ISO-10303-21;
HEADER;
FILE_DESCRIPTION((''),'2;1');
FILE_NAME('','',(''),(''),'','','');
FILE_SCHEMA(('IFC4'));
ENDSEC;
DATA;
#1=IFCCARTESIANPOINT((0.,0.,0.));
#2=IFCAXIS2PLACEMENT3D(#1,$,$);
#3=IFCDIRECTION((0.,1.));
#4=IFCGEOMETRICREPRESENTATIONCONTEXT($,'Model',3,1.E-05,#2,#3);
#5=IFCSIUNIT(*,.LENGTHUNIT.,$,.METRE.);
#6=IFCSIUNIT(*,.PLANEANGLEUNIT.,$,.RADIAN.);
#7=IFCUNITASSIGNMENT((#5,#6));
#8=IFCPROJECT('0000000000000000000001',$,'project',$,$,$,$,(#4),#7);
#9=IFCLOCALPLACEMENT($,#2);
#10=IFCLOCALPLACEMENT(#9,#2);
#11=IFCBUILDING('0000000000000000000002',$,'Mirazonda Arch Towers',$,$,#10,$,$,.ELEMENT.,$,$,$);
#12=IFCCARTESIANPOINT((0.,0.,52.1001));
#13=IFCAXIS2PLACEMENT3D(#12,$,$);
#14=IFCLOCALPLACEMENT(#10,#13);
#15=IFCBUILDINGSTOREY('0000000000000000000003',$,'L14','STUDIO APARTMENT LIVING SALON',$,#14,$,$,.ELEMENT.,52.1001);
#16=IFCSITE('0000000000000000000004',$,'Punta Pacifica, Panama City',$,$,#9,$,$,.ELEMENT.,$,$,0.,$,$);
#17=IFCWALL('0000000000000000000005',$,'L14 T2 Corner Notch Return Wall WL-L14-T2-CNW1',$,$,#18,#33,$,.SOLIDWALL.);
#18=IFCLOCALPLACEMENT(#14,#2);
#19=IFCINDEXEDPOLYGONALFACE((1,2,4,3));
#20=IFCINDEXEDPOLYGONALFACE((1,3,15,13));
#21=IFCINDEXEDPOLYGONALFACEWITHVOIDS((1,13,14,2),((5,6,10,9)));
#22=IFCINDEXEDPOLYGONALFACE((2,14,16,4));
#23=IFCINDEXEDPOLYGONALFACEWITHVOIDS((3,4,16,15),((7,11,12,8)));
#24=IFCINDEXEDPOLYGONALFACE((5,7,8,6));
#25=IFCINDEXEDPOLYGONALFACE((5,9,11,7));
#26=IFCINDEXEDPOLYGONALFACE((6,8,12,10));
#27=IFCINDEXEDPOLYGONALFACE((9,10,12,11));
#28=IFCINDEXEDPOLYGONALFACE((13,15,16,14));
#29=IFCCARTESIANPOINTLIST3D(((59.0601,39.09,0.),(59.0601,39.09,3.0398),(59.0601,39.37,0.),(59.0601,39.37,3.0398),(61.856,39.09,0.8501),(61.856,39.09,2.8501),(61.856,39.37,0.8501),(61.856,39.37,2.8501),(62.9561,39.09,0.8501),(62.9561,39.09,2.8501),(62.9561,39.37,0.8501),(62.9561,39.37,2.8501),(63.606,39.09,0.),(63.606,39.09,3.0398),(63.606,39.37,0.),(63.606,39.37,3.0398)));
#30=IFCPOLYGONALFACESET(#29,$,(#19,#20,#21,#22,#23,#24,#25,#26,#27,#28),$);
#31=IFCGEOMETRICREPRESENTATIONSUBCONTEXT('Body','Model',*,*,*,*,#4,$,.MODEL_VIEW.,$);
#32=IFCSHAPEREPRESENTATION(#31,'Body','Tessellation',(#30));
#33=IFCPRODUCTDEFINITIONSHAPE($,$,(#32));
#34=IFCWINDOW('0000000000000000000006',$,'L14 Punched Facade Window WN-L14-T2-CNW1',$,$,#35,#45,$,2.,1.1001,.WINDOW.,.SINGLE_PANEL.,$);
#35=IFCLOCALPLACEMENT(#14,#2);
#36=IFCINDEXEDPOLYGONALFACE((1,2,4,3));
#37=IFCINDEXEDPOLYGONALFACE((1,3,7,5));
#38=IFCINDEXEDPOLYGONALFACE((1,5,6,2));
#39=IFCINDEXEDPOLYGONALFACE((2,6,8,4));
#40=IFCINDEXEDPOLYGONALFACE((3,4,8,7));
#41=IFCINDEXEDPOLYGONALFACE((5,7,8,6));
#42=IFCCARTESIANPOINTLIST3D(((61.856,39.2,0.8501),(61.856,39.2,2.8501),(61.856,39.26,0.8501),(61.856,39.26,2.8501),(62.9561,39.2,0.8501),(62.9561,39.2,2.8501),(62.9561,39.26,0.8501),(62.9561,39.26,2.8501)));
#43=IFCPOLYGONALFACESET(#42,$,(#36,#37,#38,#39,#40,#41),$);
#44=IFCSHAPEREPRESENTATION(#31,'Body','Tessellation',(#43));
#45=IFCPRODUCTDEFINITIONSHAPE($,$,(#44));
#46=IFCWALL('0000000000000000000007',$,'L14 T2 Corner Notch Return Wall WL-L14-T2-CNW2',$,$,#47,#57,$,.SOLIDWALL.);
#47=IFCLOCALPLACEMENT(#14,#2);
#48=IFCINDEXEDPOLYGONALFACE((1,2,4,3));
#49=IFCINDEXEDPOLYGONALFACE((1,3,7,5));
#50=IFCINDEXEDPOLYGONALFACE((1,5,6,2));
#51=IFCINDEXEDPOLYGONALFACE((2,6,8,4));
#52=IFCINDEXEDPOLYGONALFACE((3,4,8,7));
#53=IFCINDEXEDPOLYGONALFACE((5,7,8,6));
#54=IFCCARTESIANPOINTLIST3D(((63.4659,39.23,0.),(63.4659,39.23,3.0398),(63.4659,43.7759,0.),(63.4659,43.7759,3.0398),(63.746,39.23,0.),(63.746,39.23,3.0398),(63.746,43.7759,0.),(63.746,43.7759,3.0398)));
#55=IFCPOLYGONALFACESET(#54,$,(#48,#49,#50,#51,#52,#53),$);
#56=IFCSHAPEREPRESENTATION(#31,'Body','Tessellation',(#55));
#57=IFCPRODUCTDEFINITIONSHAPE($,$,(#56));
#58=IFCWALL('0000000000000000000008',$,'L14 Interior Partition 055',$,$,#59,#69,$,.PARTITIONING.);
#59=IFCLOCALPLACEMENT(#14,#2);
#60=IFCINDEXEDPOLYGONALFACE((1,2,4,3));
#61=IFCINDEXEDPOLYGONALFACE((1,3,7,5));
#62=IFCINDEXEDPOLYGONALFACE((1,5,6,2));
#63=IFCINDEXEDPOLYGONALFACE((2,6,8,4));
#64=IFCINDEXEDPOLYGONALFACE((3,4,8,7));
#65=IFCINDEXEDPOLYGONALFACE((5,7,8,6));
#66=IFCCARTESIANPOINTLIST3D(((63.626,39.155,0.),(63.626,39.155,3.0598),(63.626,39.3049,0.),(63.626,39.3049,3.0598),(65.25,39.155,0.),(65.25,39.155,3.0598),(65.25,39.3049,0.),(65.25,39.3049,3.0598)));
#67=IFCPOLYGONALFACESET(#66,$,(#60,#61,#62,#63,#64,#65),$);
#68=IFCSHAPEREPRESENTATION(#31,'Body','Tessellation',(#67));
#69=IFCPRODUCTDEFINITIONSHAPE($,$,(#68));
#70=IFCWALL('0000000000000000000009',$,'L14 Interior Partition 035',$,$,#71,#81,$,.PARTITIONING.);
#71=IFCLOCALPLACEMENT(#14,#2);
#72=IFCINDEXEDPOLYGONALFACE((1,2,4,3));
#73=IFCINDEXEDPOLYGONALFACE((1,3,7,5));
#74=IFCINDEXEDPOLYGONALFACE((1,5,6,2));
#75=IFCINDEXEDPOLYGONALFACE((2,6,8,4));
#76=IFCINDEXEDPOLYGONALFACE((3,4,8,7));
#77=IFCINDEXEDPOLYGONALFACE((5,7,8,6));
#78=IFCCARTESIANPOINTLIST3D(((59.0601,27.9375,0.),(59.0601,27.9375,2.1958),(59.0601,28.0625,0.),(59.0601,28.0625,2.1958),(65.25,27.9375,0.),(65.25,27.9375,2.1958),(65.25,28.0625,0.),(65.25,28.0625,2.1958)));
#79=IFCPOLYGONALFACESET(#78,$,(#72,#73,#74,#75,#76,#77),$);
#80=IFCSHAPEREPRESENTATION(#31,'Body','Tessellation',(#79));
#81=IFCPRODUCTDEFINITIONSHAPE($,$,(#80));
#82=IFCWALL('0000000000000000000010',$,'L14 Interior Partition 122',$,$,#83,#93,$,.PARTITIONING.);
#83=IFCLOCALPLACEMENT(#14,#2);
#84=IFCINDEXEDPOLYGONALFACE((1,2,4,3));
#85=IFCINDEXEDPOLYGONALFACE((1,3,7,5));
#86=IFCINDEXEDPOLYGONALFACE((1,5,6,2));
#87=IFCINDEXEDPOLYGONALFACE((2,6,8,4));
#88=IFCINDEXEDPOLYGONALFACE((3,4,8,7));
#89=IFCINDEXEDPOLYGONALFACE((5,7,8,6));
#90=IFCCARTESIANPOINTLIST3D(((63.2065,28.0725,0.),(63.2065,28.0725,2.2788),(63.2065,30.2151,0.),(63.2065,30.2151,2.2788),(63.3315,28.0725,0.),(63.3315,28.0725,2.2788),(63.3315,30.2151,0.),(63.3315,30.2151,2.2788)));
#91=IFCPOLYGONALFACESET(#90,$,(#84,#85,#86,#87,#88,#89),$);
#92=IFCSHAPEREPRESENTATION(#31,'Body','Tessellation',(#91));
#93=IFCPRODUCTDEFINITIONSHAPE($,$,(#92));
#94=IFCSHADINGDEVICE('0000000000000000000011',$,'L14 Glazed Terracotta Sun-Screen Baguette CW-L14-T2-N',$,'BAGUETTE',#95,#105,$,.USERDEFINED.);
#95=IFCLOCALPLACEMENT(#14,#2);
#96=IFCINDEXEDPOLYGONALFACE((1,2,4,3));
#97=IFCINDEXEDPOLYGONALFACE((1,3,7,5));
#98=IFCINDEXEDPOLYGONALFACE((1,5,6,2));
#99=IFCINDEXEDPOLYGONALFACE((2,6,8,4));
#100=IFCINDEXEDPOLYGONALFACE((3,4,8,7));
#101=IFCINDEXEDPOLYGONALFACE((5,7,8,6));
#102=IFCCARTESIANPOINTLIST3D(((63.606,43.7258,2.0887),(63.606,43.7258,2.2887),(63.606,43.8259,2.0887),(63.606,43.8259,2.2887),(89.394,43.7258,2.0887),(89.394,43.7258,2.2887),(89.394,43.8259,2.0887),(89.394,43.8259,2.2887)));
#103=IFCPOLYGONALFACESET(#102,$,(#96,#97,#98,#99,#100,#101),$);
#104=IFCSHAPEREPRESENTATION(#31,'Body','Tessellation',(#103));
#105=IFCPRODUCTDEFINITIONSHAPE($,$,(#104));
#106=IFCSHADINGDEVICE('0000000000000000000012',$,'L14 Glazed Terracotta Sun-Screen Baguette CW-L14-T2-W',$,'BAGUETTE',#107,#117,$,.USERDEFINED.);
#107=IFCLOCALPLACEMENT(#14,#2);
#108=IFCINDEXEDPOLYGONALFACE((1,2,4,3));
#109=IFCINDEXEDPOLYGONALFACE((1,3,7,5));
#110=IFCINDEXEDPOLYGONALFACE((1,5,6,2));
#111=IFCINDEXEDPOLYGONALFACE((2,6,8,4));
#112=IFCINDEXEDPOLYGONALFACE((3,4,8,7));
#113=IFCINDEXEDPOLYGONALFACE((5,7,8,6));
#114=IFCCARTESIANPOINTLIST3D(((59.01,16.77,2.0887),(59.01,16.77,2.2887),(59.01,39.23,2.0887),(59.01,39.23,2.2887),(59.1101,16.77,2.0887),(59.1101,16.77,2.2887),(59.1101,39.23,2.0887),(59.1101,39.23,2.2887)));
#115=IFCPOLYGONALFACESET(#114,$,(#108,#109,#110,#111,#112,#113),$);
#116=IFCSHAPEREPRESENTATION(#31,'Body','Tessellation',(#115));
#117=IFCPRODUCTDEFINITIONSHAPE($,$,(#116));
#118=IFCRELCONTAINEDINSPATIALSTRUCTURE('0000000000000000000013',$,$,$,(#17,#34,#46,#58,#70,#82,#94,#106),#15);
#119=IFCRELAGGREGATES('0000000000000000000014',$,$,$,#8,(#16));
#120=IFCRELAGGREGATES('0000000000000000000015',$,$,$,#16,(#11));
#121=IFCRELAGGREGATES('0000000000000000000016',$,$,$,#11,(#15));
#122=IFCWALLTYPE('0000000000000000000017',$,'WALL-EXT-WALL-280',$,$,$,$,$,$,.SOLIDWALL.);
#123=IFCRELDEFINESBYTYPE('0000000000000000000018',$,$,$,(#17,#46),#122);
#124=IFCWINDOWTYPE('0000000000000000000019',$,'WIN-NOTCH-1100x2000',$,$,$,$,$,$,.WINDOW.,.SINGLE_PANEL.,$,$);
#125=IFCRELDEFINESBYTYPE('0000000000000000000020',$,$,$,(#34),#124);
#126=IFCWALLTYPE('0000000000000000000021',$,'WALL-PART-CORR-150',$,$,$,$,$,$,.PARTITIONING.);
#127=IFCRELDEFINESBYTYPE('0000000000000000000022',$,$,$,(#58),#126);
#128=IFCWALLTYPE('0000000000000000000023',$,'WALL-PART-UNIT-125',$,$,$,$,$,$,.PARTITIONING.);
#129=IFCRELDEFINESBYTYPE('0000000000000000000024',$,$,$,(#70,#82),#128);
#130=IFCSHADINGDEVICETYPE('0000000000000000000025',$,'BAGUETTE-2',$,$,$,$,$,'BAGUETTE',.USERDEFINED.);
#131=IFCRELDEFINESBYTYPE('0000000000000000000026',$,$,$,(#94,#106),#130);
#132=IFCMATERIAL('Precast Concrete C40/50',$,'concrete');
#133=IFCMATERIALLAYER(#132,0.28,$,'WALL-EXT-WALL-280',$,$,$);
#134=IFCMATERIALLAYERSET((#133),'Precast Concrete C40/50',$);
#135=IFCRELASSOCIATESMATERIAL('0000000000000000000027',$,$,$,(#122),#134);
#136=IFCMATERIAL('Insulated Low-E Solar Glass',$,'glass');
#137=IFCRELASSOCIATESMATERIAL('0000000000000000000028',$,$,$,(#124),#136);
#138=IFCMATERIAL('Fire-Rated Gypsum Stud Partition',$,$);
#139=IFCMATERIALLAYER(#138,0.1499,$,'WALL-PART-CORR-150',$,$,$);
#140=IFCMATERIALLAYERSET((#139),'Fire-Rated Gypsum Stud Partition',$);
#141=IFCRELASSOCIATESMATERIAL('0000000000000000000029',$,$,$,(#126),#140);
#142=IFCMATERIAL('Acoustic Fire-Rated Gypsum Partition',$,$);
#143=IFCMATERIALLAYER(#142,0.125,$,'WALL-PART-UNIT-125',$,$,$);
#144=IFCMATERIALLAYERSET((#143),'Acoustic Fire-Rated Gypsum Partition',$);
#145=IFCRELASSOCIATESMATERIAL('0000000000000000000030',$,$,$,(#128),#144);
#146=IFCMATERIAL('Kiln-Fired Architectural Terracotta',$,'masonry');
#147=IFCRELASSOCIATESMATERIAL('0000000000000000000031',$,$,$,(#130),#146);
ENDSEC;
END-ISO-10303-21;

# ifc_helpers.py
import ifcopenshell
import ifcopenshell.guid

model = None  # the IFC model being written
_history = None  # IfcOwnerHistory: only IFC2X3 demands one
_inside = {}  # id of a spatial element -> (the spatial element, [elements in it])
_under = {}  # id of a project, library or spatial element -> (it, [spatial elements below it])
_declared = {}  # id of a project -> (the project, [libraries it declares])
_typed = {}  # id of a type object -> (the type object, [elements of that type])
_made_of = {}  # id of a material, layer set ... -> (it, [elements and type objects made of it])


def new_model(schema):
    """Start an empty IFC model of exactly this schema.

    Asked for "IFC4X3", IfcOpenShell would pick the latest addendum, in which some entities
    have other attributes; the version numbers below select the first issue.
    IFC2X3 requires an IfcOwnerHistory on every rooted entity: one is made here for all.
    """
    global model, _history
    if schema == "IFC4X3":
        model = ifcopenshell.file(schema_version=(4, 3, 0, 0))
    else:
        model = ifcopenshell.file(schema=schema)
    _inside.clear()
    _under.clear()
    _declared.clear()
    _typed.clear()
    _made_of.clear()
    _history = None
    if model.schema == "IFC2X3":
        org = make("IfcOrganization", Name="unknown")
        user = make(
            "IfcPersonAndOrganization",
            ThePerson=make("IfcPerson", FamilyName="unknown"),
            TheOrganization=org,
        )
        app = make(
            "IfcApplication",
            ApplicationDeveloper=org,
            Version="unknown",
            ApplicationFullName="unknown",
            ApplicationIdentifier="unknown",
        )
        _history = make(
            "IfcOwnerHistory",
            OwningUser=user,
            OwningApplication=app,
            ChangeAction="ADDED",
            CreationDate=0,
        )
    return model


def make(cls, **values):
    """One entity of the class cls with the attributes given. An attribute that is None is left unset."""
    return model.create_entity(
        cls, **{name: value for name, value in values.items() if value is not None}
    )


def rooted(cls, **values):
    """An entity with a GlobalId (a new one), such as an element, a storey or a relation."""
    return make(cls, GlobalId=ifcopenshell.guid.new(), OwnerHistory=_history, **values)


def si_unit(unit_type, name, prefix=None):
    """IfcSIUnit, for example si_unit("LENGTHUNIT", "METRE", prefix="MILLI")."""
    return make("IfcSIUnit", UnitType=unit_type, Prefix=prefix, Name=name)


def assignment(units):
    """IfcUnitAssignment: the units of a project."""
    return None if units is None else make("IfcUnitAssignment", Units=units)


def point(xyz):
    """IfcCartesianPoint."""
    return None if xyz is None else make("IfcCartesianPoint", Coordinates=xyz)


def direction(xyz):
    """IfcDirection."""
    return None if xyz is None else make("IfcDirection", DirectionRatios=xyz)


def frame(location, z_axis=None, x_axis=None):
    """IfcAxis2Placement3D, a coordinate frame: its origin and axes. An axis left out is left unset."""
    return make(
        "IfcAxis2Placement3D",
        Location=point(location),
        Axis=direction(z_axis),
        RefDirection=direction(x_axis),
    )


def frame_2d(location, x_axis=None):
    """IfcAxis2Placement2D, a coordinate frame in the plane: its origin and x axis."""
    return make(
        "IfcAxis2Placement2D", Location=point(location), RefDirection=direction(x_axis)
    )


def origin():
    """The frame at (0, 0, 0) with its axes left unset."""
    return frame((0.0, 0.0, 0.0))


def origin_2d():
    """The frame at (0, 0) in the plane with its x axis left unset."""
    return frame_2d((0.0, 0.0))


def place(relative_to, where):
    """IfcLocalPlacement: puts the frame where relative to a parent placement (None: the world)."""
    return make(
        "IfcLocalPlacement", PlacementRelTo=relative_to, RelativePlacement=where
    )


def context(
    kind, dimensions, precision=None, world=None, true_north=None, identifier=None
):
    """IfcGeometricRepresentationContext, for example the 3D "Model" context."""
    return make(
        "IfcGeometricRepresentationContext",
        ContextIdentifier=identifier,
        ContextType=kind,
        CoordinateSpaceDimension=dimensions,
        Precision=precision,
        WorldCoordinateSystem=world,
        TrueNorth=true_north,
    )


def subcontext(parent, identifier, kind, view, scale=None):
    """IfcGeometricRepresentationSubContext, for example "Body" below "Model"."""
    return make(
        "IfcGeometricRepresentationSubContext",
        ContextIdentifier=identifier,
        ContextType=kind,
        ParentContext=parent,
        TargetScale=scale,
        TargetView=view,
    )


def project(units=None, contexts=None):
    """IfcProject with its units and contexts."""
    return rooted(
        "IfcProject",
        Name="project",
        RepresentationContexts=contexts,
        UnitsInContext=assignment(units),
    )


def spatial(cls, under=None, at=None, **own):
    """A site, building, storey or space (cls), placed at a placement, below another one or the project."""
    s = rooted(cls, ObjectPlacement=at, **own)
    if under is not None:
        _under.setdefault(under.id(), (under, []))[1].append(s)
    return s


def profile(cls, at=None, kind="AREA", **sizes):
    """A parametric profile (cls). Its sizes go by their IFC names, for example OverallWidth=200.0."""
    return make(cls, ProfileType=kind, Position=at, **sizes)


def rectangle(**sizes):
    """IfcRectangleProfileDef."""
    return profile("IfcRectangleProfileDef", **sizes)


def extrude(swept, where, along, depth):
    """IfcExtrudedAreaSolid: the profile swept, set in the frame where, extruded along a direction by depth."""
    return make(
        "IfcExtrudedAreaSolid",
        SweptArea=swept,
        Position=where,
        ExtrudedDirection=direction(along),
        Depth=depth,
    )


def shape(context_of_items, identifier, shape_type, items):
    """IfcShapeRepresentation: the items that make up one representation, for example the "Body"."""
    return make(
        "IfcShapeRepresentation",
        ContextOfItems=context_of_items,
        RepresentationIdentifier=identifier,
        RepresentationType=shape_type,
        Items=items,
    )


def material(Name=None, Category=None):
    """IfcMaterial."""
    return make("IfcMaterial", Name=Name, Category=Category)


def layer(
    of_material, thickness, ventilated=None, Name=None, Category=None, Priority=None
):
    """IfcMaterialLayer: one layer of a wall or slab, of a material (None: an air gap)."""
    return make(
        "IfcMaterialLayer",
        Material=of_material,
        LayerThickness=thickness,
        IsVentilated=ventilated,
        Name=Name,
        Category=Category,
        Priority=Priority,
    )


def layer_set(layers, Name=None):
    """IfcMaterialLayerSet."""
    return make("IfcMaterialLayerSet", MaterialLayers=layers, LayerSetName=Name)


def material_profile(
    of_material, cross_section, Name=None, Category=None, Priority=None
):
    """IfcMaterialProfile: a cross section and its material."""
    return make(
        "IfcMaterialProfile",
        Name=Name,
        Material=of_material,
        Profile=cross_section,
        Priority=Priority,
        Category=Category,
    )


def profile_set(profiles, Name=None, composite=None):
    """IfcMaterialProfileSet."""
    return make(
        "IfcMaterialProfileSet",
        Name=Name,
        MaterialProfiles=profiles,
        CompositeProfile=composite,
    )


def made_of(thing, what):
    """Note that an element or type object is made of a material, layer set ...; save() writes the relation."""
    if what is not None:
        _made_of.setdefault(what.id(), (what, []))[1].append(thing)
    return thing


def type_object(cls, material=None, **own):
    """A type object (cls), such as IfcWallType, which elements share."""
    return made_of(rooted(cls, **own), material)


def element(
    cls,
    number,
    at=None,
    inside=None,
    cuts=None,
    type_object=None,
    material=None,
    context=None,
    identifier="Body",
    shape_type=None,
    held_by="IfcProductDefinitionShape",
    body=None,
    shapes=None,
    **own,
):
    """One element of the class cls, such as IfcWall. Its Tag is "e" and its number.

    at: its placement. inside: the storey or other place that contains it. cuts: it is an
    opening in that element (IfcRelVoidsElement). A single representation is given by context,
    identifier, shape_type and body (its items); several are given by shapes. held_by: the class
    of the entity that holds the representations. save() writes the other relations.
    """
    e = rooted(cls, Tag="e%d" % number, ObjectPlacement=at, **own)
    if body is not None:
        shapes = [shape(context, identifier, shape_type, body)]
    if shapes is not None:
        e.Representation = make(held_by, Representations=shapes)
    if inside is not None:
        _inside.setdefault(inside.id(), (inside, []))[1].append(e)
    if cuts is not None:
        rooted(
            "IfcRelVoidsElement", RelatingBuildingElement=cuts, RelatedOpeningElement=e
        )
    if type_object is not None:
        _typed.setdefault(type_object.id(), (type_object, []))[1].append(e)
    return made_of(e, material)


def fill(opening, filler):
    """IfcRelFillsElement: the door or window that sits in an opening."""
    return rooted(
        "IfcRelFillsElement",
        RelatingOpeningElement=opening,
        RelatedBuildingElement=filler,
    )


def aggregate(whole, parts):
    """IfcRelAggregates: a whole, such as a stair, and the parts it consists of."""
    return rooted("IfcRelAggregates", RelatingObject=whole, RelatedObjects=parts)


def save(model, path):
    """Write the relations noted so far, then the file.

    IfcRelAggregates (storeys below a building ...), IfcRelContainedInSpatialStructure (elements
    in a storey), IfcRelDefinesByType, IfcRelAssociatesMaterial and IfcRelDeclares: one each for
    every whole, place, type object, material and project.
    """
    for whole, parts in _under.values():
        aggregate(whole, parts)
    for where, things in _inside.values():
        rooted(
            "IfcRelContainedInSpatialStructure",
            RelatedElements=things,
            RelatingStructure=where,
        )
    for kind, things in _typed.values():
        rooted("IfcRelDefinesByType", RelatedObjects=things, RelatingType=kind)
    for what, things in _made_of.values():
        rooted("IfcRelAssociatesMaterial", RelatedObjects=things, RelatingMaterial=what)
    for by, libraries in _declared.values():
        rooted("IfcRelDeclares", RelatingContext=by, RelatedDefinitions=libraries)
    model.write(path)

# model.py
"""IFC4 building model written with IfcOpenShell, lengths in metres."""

from ifc_helpers import new_model, si_unit, direction, frame, frame_2d, origin, origin_2d, place, context, subcontext, project, spatial, rectangle, extrude, material, layer, layer_set, material_profile, profile_set, type_object, element, fill, save


model = new_model("IFC4")

# Units and contexts
model_context = context("Model", 3, precision=1e-05, world=origin(), true_north=direction((0.0, 1.0)))
body_context = subcontext(model_context, "Body", "Model", "MODEL_VIEW")
ifc_project = project(units=[si_unit("LENGTHUNIT", "METRE"), si_unit("PLANEANGLEUNIT", "RADIAN")], contexts=[model_context])

# Site, building, storey
site_placement = place(None, origin())
site = spatial("IfcSite", under=ifc_project, at=site_placement, Name="Punta Pacifica, Panama City", CompositionType="ELEMENT", RefElevation=0.0)
building_placement = place(site_placement, origin())
building = spatial("IfcBuilding", under=site, at=building_placement, Name="Mirazonda Arch Towers", CompositionType="ELEMENT")
storey_placement = place(building_placement, frame((0.0, 0.0, 52.1001)))
storey = spatial("IfcBuildingStorey", under=building, at=storey_placement, Name="L14", Description="STUDIO APARTMENT LIVING SALON", CompositionType="ELEMENT", Elevation=52.1001)

# Shared definitions
ifc_material_1 = material(Name="Insulated Low-E Solar Glass", Category="glass")

# Wall, opening, window
ifc_material_2 = material(Name="Precast Concrete C40/50", Category="concrete")
ifc_layer_1 = layer(ifc_material_2, 0.28, Name="WALL-EXT-WALL-280")
ifc_layer_set_1 = layer_set([ifc_layer_1], Name="Precast Concrete C40/50")
wall_type_1 = type_object("IfcWallType", Name="WALL-EXT-WALL-280", PredefinedType="SOLIDWALL", material=ifc_layer_set_1)
window_type = type_object("IfcWindowType", Name="WIN-NOTCH-1100x2000", PartitioningType="SINGLE_PANEL", PredefinedType="WINDOW", material=ifc_material_1)
wall_1_placement = place(storey_placement, frame((63.606, 39.23, 0.0), z_axis=(0.0, 0.0, 1.0), x_axis=(-1.0, 0.0, 0.0)))
wall_1 = element("IfcWall", 1, at=wall_1_placement, inside=storey, type_object=wall_type_1, Name="L14 T2 Corner Notch Return Wall WL-L14-T2-CNW1", PredefinedType="SOLIDWALL", context=body_context, shape_type="SweptSolid", body=[
    extrude(rectangle(XDim=4.5459, YDim=0.28, at=frame_2d((2.2729, 0.0))), origin(), (0.0, 0.0, 1.0), 3.0398),
])
opening_1_placement = place(wall_1_placement, frame((0.6499, 0.0, 0.8501)))
opening_1 = element("IfcOpeningElement", 2, at=opening_1_placement, cuts=wall_1, PredefinedType="OPENING", context=body_context, shape_type="SweptSolid", body=[
    extrude(rectangle(XDim=1.1001, YDim=2.0, at=frame_2d((0.55, 1.0))), frame((0.0, 0.1499, 0.0), z_axis=(0.0, -1.0, 0.0), x_axis=(1.0, 0.0, 0.0)), (0.0, 0.0, 1.0), 0.3),
])
window_1_placement = place(opening_1_placement, origin())
window_1 = element("IfcWindow", 3, at=window_1_placement, inside=storey, type_object=window_type, Name="L14 Punched Facade Window WN-L14-T2-CNW1", OverallHeight=2.0, OverallWidth=1.1001, PartitioningType="SINGLE_PANEL", PredefinedType="WINDOW", context=body_context, shape_type="SweptSolid", body=[
    extrude(rectangle(XDim=1.1001, YDim=2.0, at=frame_2d((0.55, 1.0))), frame((0.0, 0.03, 0.0), z_axis=(0.0, -1.0, 0.0), x_axis=(1.0, 0.0, 0.0)), (0.0, 0.0, 1.0), 0.0601),
])
fill(opening_1, window_1)

# Wall
wall_2_placement = place(storey_placement, frame((63.606, 43.7759, 0.0), z_axis=(0.0, 0.0, 1.0), x_axis=(0.0, -1.0, 0.0)))
element("IfcWall", 4, at=wall_2_placement, inside=storey, type_object=wall_type_1, Name="L14 T2 Corner Notch Return Wall WL-L14-T2-CNW2", PredefinedType="SOLIDWALL", context=body_context, shape_type="SweptSolid", body=[
    extrude(rectangle(XDim=4.5459, YDim=0.28, at=frame_2d((2.2729, 0.0))), origin(), (0.0, 0.0, 1.0), 3.0398),
])

# Shared definitions
ifc_material_3 = material(Name="Fire-Rated Gypsum Stud Partition")
ifc_layer_2 = layer(ifc_material_3, 0.1499, Name="WALL-PART-CORR-150")
ifc_layer_set_2 = layer_set([ifc_layer_2], Name="Fire-Rated Gypsum Stud Partition")
wall_type_2 = type_object("IfcWallType", Name="WALL-PART-CORR-150", PredefinedType="PARTITIONING", material=ifc_layer_set_2)

# Walls
wall_3_placement = place(storey_placement, frame((63.626, 39.23, 0.0), z_axis=(0.0, 0.0, 1.0), x_axis=(1.0, 0.0, 0.0)))
element("IfcWall", 5, at=wall_3_placement, inside=storey, type_object=wall_type_2, Name="L14 Interior Partition 055", PredefinedType="PARTITIONING", context=body_context, shape_type="SweptSolid", body=[
    extrude(rectangle(XDim=1.624, YDim=0.1499, at=frame_2d((0.812, 0.0))), origin(), (0.0, 0.0, 1.0), 3.0598),
])
ifc_material_4 = material(Name="Acoustic Fire-Rated Gypsum Partition")
ifc_layer_3 = layer(ifc_material_4, 0.125, Name="WALL-PART-UNIT-125")
ifc_layer_set_3 = layer_set([ifc_layer_3], Name="Acoustic Fire-Rated Gypsum Partition")
wall_type_3 = type_object("IfcWallType", Name="WALL-PART-UNIT-125", PredefinedType="PARTITIONING", material=ifc_layer_set_3)
wall_4_placement = place(storey_placement, frame((59.0601, 28.0, 0.0), z_axis=(0.0, 0.0, 1.0), x_axis=(1.0, 0.0, 0.0)))
element("IfcWall", 6, at=wall_4_placement, inside=storey, type_object=wall_type_3, Name="L14 Interior Partition 035", PredefinedType="PARTITIONING", context=body_context, shape_type="SweptSolid", body=[
    extrude(rectangle(XDim=6.1899, YDim=0.125, at=frame_2d((3.095, 0.0))), origin(), (0.0, 0.0, 1.0), 2.1958),
])
wall_5_placement = place(storey_placement, frame((63.269, 28.0725, 0.0), z_axis=(0.0, 0.0, 1.0), x_axis=(0.0, 1.0, 0.0)))
element("IfcWall", 7, at=wall_5_placement, inside=storey, type_object=wall_type_3, Name="L14 Interior Partition 122", PredefinedType="PARTITIONING", context=body_context, shape_type="SweptSolid", body=[
    extrude(rectangle(XDim=2.1426, YDim=0.125, at=frame_2d((1.0713, 0.0))), origin(), (0.0, 0.0, 1.0), 2.2788),
])

# Shading devices
ifc_material_5 = material(Name="Kiln-Fired Architectural Terracotta", Category="masonry")
ifc_material_profile_1 = material_profile(ifc_material_5, rectangle(XDim=0.1001, YDim=0.2, at=origin_2d()), Name="TERRA-BAG-100x200")
ifc_profile_set_1 = profile_set([ifc_material_profile_1], Name="Kiln-Fired Architectural Terracotta")
shading_device_type = type_object("IfcShadingDeviceType", Name="BAGUETTE-2", ElementType="BAGUETTE", PredefinedType="USERDEFINED", material=ifc_profile_set_1)
shading_device_1_placement = place(storey_placement, frame((63.606, 43.7759, 2.1887), z_axis=(1.0, 0.0, 0.0), x_axis=(0.0, 1.0, 0.0)))
element("IfcShadingDevice", 8, at=shading_device_1_placement, inside=storey, type_object=shading_device_type, Name="L14 Glazed Terracotta Sun-Screen Baguette CW-L14-T2-N", ObjectType="BAGUETTE", PredefinedType="USERDEFINED", context=body_context, shape_type="SweptSolid", body=[
    extrude(rectangle(XDim=0.1001, YDim=0.2, at=origin_2d()), origin(), (0.0, 0.0, 1.0), 25.7881),
])
shading_device_2_placement = place(storey_placement, frame((59.0601, 39.23, 2.1887), z_axis=(0.0, -1.0, 0.0), x_axis=(1.0, 0.0, 0.0)))
element("IfcShadingDevice", 9, at=shading_device_2_placement, inside=storey, type_object=shading_device_type, Name="L14 Glazed Terracotta Sun-Screen Baguette CW-L14-T2-W", ObjectType="BAGUETTE", PredefinedType="USERDEFINED", context=body_context, shape_type="SweptSolid", body=[
    extrude(rectangle(XDim=0.1001, YDim=0.2, at=origin_2d()), origin(), (0.0, 0.0, 1.0), 22.46),
])

save(model, "model.ifc")
